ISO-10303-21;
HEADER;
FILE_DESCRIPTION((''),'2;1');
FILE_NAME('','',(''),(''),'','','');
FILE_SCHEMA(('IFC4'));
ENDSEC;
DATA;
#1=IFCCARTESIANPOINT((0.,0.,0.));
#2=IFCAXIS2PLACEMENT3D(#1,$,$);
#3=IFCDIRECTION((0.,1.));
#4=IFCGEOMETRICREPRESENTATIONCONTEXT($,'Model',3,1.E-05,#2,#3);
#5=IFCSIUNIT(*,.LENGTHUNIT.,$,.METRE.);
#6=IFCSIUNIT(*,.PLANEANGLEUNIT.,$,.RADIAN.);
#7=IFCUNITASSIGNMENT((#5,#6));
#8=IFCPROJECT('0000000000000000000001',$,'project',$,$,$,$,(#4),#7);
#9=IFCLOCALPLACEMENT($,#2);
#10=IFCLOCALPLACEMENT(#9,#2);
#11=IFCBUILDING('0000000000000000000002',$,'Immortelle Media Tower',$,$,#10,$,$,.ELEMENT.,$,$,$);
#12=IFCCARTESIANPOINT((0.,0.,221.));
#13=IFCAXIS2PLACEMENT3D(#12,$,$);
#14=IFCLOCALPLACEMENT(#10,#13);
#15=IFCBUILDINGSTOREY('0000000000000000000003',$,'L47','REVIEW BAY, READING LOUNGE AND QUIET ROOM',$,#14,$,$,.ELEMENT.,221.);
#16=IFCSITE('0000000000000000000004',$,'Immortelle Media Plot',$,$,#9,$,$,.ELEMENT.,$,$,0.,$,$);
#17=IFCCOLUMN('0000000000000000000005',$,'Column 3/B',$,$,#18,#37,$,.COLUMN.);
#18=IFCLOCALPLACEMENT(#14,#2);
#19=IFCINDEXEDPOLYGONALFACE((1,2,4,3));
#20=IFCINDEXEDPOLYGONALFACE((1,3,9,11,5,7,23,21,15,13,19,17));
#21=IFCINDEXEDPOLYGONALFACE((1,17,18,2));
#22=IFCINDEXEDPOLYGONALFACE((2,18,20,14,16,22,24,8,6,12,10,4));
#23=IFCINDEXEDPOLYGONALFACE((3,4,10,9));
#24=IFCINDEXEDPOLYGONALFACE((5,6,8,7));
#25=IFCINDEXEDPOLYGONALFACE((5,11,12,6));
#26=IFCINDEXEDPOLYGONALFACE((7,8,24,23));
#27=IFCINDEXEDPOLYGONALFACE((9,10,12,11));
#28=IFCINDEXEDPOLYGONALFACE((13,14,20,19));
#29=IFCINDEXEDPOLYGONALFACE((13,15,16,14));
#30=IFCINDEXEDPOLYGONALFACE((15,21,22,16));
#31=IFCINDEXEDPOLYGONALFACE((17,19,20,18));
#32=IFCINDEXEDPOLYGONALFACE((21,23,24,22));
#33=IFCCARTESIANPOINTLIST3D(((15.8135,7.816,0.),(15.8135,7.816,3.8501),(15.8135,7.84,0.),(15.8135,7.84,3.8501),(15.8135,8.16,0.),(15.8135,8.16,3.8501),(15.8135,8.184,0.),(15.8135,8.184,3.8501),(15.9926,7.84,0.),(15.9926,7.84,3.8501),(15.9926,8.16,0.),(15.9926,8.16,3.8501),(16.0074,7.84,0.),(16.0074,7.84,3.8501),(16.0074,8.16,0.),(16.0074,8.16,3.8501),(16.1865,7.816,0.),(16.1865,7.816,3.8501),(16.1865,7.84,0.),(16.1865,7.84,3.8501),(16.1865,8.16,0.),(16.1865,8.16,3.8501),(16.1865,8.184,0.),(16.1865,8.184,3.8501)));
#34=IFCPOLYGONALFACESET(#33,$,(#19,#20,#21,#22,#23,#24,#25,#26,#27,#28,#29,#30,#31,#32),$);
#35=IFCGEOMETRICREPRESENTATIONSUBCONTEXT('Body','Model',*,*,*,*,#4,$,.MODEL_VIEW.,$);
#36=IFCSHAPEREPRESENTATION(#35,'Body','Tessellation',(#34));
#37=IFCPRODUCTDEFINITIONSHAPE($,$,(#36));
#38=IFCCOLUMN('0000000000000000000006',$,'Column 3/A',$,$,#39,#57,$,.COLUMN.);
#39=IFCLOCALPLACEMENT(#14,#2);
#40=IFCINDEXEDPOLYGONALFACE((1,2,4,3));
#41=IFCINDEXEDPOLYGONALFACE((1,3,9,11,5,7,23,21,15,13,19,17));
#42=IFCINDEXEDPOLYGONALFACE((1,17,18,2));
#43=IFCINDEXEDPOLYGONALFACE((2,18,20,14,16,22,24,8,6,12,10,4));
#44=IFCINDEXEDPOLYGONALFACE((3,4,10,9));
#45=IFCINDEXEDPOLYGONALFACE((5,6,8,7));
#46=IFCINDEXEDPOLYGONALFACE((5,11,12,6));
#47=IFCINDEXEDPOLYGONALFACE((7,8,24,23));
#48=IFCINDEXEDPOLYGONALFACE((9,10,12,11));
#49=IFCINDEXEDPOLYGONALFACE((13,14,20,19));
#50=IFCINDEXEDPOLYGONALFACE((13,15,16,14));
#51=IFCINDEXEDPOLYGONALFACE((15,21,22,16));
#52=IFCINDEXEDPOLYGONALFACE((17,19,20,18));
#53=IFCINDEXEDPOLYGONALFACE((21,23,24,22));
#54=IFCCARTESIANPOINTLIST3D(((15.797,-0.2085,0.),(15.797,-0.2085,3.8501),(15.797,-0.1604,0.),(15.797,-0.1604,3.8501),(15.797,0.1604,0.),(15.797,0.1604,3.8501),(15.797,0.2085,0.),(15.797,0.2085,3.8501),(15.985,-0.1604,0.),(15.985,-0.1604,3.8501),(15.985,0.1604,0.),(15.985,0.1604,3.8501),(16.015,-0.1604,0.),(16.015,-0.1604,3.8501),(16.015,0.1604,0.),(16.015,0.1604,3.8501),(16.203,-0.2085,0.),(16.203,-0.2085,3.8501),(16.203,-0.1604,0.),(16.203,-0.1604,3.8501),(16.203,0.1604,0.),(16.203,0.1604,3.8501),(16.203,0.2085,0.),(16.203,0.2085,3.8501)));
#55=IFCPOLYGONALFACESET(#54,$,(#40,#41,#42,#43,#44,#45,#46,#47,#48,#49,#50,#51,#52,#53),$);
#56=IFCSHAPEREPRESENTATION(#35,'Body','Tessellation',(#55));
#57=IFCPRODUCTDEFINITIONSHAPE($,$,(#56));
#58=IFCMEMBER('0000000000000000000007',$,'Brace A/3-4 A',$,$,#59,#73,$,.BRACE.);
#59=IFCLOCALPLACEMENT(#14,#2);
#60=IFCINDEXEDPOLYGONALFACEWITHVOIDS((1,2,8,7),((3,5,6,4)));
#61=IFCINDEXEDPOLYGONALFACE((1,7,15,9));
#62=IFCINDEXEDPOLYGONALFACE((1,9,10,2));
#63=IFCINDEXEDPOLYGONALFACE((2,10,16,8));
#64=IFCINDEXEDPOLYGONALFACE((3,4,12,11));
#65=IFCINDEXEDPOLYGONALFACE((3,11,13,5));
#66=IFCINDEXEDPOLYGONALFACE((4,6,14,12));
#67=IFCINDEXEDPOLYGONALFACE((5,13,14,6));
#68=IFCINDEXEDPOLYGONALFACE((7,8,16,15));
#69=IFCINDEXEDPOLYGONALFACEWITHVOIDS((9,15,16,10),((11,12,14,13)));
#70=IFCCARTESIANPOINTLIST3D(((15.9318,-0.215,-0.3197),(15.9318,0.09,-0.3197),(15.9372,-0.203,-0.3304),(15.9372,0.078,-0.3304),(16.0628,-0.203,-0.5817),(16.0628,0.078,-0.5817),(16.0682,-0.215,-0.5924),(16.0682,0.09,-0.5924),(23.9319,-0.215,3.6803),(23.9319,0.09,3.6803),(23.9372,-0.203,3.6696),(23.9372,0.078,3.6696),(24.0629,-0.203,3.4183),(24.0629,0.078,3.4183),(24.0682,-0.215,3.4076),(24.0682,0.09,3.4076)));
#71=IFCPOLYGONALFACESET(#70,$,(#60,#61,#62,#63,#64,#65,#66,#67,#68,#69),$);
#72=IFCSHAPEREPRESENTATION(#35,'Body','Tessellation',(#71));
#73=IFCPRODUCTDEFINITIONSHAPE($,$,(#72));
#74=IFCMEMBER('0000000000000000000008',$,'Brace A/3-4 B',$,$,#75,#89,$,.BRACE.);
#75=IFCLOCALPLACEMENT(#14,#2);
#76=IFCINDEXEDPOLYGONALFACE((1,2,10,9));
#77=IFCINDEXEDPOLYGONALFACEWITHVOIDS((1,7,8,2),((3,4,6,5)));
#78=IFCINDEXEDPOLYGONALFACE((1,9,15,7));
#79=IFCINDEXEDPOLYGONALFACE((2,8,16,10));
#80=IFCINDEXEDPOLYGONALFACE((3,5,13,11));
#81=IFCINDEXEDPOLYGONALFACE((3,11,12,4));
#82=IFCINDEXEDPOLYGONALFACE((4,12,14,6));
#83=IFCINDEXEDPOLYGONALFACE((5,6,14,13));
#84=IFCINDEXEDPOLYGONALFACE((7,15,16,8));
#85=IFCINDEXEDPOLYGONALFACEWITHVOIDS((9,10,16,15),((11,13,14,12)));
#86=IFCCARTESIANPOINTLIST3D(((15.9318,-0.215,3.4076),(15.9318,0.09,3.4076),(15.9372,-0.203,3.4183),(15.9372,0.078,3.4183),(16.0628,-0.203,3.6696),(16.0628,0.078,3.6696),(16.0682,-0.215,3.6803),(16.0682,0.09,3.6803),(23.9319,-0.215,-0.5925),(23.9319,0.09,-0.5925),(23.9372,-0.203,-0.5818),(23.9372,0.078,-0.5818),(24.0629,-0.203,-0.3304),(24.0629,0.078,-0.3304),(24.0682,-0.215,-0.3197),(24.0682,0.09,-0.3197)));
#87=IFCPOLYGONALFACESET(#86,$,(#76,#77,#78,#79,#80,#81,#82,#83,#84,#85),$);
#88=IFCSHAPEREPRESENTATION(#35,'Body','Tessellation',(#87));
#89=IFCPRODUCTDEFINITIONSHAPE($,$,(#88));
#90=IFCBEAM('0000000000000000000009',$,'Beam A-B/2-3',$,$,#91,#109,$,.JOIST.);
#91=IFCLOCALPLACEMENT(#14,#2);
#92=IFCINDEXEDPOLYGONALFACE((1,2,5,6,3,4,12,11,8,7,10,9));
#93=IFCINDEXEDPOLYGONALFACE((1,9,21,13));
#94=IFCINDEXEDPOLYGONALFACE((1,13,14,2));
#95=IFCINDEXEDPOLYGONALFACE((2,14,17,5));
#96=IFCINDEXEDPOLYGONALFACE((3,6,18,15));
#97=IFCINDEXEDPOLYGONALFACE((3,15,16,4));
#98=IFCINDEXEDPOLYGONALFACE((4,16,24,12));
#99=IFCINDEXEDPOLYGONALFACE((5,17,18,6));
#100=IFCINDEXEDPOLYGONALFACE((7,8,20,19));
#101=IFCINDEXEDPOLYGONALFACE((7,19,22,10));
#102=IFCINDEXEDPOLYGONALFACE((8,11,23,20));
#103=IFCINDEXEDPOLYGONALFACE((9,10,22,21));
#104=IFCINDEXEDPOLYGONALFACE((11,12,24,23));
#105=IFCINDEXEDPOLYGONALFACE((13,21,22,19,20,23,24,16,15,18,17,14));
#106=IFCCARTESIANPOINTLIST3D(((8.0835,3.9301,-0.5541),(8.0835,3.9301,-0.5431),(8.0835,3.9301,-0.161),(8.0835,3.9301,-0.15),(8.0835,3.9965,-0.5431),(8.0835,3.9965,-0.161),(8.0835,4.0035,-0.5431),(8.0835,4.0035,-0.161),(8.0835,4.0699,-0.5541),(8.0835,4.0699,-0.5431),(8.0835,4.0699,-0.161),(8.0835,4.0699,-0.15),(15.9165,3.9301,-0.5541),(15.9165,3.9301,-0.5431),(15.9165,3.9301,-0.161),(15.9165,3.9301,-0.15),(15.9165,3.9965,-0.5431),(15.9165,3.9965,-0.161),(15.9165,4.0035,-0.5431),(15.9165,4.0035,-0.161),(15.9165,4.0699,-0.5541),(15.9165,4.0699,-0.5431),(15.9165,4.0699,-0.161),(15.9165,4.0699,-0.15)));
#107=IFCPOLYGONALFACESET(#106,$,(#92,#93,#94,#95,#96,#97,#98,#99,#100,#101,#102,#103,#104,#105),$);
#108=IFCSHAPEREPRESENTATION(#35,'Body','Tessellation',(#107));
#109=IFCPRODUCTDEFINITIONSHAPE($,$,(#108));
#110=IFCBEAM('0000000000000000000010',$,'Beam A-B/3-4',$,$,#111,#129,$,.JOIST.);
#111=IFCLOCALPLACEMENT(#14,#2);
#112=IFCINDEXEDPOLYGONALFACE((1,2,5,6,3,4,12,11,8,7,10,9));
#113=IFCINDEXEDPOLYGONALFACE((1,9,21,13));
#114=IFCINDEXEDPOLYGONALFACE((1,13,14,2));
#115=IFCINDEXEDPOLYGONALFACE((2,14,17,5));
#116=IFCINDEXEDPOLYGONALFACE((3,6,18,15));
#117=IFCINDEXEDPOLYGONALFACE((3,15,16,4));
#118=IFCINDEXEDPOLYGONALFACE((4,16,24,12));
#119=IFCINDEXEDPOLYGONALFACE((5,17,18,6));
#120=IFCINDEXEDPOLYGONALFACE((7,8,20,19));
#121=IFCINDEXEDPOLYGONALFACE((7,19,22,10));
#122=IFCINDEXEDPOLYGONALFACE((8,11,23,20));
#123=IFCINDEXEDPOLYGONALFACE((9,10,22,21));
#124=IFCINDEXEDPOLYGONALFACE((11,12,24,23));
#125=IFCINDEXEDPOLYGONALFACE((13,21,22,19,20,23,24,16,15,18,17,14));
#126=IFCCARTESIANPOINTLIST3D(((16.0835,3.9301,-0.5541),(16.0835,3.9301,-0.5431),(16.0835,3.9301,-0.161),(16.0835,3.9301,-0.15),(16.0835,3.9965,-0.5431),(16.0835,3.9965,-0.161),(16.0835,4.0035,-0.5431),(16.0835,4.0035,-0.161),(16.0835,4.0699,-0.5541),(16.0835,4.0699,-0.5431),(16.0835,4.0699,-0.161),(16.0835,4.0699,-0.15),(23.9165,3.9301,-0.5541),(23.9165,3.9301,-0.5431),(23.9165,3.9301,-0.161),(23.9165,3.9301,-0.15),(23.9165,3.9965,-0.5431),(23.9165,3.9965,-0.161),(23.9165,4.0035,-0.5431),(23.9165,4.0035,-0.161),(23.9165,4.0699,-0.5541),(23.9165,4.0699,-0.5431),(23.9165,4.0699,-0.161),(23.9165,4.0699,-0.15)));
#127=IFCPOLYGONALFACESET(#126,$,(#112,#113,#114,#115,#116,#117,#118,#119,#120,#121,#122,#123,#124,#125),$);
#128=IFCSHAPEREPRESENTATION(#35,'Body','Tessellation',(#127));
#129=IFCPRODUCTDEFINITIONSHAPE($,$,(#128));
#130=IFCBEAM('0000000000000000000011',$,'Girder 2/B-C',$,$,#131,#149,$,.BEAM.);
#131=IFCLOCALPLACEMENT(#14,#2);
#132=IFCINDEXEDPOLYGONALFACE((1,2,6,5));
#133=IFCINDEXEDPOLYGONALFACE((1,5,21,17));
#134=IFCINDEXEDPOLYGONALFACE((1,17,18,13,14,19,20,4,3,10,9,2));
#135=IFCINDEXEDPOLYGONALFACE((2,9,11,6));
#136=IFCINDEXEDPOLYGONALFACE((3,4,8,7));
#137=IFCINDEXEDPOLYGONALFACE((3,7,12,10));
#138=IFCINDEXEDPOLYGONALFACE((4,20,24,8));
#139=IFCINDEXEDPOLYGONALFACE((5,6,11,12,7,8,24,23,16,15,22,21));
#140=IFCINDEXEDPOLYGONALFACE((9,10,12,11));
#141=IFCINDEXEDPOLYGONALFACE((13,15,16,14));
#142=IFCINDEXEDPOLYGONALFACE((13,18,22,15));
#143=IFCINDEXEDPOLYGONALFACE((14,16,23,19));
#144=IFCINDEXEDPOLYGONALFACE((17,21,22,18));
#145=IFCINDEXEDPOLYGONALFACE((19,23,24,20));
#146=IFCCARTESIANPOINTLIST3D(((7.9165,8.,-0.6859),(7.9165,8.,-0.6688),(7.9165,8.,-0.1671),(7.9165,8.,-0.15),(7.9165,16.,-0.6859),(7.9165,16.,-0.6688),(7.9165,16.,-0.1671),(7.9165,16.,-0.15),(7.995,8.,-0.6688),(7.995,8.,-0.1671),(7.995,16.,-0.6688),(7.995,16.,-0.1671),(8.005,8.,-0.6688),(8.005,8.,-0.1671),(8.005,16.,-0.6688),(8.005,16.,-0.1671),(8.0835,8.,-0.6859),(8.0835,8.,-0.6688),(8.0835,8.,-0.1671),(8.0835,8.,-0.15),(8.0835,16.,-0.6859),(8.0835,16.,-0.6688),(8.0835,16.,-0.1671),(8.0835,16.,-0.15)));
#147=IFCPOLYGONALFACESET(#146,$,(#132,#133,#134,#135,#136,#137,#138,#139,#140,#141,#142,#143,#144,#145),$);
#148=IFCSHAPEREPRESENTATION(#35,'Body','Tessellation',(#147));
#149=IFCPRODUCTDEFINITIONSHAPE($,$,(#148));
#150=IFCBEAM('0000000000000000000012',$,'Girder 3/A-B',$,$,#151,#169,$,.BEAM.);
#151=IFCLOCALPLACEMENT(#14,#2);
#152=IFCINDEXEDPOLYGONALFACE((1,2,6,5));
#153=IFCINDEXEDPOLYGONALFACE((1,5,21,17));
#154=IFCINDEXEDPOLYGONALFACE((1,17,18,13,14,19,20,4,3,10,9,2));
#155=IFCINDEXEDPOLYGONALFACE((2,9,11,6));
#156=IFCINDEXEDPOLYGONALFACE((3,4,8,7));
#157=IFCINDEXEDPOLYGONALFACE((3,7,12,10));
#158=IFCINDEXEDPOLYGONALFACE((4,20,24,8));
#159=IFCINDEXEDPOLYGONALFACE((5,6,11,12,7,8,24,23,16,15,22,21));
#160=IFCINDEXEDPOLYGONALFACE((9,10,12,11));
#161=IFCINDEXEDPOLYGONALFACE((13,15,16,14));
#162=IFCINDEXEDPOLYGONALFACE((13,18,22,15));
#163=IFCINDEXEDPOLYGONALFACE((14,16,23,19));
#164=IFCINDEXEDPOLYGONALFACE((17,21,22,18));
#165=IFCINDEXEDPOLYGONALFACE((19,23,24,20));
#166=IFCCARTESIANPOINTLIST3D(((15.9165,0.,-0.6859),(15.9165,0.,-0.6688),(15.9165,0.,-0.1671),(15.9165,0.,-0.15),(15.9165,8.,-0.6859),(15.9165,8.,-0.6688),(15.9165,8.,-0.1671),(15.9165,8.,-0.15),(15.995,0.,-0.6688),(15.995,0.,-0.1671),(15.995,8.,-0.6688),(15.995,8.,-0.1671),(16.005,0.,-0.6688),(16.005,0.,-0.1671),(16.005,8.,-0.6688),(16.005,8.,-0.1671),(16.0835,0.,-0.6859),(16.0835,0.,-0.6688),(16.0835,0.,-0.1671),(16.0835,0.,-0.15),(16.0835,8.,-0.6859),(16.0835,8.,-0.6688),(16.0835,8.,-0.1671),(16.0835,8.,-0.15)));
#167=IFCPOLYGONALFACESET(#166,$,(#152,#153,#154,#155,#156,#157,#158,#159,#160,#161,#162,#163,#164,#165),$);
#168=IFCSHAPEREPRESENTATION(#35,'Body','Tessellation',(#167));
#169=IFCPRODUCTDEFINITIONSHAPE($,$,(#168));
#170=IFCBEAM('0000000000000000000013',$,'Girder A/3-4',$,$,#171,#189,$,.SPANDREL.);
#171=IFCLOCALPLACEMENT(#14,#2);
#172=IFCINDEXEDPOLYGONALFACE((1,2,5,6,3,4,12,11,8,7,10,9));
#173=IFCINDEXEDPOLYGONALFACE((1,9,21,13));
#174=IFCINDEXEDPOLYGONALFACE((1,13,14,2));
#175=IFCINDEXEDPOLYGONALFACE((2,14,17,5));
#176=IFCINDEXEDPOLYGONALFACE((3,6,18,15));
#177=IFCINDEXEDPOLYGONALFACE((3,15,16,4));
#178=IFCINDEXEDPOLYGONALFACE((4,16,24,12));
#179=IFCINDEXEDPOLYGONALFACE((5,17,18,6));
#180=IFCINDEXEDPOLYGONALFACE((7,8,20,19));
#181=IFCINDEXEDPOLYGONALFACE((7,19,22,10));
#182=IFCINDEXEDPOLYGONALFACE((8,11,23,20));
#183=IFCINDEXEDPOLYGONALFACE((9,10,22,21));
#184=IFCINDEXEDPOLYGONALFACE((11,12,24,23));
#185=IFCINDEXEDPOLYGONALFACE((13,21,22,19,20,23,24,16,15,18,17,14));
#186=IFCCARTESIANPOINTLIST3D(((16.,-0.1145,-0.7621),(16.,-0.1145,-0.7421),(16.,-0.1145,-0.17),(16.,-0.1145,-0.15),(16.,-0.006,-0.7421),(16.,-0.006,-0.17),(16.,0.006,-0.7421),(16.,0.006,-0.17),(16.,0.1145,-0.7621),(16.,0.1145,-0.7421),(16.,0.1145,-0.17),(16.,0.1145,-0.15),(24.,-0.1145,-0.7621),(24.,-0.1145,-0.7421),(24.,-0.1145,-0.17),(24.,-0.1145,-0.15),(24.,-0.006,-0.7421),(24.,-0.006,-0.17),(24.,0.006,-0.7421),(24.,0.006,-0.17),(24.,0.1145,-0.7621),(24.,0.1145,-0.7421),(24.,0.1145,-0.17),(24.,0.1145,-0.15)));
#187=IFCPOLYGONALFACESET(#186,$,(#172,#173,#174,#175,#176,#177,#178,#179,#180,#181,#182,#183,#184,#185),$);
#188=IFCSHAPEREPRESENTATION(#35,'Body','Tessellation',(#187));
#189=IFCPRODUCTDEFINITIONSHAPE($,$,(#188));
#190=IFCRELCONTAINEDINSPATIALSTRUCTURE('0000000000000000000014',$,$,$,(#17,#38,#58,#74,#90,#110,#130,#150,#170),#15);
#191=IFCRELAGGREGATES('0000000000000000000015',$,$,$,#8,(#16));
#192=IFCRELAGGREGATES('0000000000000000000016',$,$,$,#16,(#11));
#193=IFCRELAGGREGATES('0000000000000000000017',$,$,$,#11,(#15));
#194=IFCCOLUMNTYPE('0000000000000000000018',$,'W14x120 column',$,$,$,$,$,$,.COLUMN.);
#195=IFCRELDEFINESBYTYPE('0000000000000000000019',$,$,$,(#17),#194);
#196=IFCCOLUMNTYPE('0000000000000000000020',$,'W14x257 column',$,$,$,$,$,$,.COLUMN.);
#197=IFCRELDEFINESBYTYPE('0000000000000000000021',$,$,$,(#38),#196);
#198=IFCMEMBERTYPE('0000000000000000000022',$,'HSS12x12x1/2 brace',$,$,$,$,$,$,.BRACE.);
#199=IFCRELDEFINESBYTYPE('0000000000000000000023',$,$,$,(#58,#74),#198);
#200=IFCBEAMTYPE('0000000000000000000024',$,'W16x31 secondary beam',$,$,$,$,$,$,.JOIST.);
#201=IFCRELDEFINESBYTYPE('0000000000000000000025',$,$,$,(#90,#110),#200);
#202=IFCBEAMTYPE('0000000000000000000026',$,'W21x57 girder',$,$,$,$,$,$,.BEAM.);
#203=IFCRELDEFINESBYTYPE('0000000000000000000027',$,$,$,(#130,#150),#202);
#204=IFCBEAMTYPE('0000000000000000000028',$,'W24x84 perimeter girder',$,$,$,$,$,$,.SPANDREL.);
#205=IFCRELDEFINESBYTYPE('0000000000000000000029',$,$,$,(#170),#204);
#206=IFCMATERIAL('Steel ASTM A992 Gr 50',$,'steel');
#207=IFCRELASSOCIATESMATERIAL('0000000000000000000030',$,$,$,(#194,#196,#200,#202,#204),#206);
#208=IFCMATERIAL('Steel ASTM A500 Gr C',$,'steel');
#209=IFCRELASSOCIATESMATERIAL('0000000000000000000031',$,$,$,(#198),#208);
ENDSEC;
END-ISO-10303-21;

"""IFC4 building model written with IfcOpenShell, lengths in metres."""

from ifc_helpers import new_model, si_unit, direction, frame, origin, origin_2d, place, context, subcontext, project, spatial, hollow_rectangle, i_section, extrude, material, material_profile, profile_set, type_object, element, save


model = new_model("IFC4")

# Units and contexts
model_context = context("Model", 3, precision=1e-05, world=origin(), true_north=direction((0.0, 1.0)))
body_context = subcontext(model_context, "Body", "Model", "MODEL_VIEW")
ifc_project = project(units=[si_unit("LENGTHUNIT", "METRE"), si_unit("PLANEANGLEUNIT", "RADIAN")], contexts=[model_context])

# Site, building, storey
site_placement = place(None, origin())
site = spatial("IfcSite", under=ifc_project, at=site_placement, Name="Immortelle Media Plot", CompositionType="ELEMENT", RefElevation=0.0)
building_placement = place(site_placement, origin())
building = spatial("IfcBuilding", under=site, at=building_placement, Name="Immortelle Media Tower", CompositionType="ELEMENT")
storey_placement = place(building_placement, frame((0.0, 0.0, 221.0)))
storey = spatial("IfcBuildingStorey", under=building, at=storey_placement, Name="L47", Description="REVIEW BAY, READING LOUNGE AND QUIET ROOM", CompositionType="ELEMENT", Elevation=221.0)

# Columns
ifc_material_1 = material(Name="Steel ASTM A992 Gr 50", Category="steel")
ifc_material_profile_1 = material_profile(ifc_material_1, i_section(OverallWidth=0.373, OverallDepth=0.3679, WebThickness=0.0149, FlangeThickness=0.0239, at=origin_2d()), Name="W14x120")
ifc_profile_set_1 = profile_set([ifc_material_profile_1], Name="Steel ASTM A992 Gr 50")
column_type_1 = type_object("IfcColumnType", Name="W14x120 column", PredefinedType="COLUMN", material=ifc_profile_set_1)
column_1_placement = place(storey_placement, frame((16.0, 8.0, 0.0), z_axis=(0.0, 0.0, 1.0), x_axis=(1.0, 0.0, 0.0)))
element("IfcColumn", 1, at=column_1_placement, inside=storey, type_object=column_type_1, Name="Column 3/B", PredefinedType="COLUMN", context=body_context, shape_type="SweptSolid", body=[
    extrude(i_section(OverallWidth=0.373, OverallDepth=0.3679, WebThickness=0.0149, FlangeThickness=0.0239, at=origin_2d()), origin(), (0.0, 0.0, 1.0), 3.8501),
])
ifc_material_profile_2 = material_profile(ifc_material_1, i_section(OverallWidth=0.406, OverallDepth=0.417, WebThickness=0.03, FlangeThickness=0.0481, at=origin_2d()), Name="W14x257")
ifc_profile_set_2 = profile_set([ifc_material_profile_2], Name="Steel ASTM A992 Gr 50")
column_type_2 = type_object("IfcColumnType", Name="W14x257 column", PredefinedType="COLUMN", material=ifc_profile_set_2)
column_2_placement = place(storey_placement, frame((16.0, 0.0, 0.0), z_axis=(0.0, 0.0, 1.0), x_axis=(1.0, 0.0, 0.0)))
element("IfcColumn", 2, at=column_2_placement, inside=storey, type_object=column_type_2, Name="Column 3/A", PredefinedType="COLUMN", context=body_context, shape_type="SweptSolid", body=[
    extrude(i_section(OverallWidth=0.406, OverallDepth=0.417, WebThickness=0.03, FlangeThickness=0.0481, at=origin_2d()), origin(), (0.0, 0.0, 1.0), 3.8501),
])

# Members
ifc_material_2 = material(Name="Steel ASTM A500 Gr C", Category="steel")
ifc_material_profile_3 = material_profile(ifc_material_2, hollow_rectangle(XDim=0.3049, YDim=0.3049, WallThickness=0.012, at=origin_2d()), Name="HSS12x12x1/2 brace")
ifc_profile_set_3 = profile_set([ifc_material_profile_3], Name="Steel ASTM A500 Gr C")
member_type = type_object("IfcMemberType", Name="HSS12x12x1/2 brace", PredefinedType="BRACE", material=ifc_profile_set_3)
for number, where, z_axis, x_axis, name in (
    (3, (16.0, -0.0625, -0.4561), (0.894427, 0.0, 0.447214), (0.0, 1.0, 0.0), "Brace A/3-4 A"),
    (4, (16.0, -0.0625, 3.5439), (0.894427, 0.0, -0.447214), (0.0, 1.0, 0.0), "Brace A/3-4 B"),
):
    element("IfcMember", number, at=place(storey_placement, frame(where, z_axis=z_axis, x_axis=x_axis)), inside=storey, type_object=member_type, Name=name, PredefinedType="BRACE", context=body_context, shape_type="SweptSolid", body=[
        extrude(hollow_rectangle(XDim=0.3049, YDim=0.3049, WallThickness=0.012, at=origin_2d()), origin(), (0.0, 0.0, 1.0), 8.9443),
    ])

# Beams
ifc_material_profile_4 = material_profile(ifc_material_1, i_section(OverallWidth=0.1399, OverallDepth=0.4041, WebThickness=0.0071, FlangeThickness=0.011, at=origin_2d()), Name="W16x31")
ifc_profile_set_4 = profile_set([ifc_material_profile_4], Name="Steel ASTM A992 Gr 50")
beam_type_1 = type_object("IfcBeamType", Name="W16x31 secondary beam", PredefinedType="JOIST", material=ifc_profile_set_4)
for number, where, z_axis, x_axis, name in (
    (5, (8.0835, 4.0, -0.3521), (1.0, 0.0, 0.0), (0.0, 1.0, 0.0), "Beam A-B/2-3"),
    (6, (16.0835, 4.0, -0.3521), (1.0, 0.0, 0.0), (0.0, 1.0, 0.0), "Beam A-B/3-4"),
):
    element("IfcBeam", number, at=place(storey_placement, frame(where, z_axis=z_axis, x_axis=x_axis)), inside=storey, type_object=beam_type_1, Name=name, PredefinedType="JOIST", context=body_context, shape_type="SweptSolid", body=[
        extrude(i_section(OverallWidth=0.1399, OverallDepth=0.4041, WebThickness=0.0071, FlangeThickness=0.011, at=origin_2d()), origin(), (0.0, 0.0, 1.0), 7.833),
    ])
ifc_material_profile_5 = material_profile(ifc_material_1, i_section(OverallWidth=0.167, OverallDepth=0.5359, WebThickness=0.01, FlangeThickness=0.0171, at=origin_2d()), Name="W21x57")
ifc_profile_set_5 = profile_set([ifc_material_profile_5], Name="Steel ASTM A992 Gr 50")
beam_type_2 = type_object("IfcBeamType", Name="W21x57 girder", PredefinedType="BEAM", material=ifc_profile_set_5)
for number, where, z_axis, x_axis, name in (
    (7, (8.0, 8.0, -0.418), (0.0, 1.0, 0.0), (-1.0, 0.0, 0.0), "Girder 2/B-C"),
    (8, (16.0, 0.0, -0.418), (0.0, 1.0, 0.0), (-1.0, 0.0, 0.0), "Girder 3/A-B"),
):
    element("IfcBeam", number, at=place(storey_placement, frame(where, z_axis=z_axis, x_axis=x_axis)), inside=storey, type_object=beam_type_2, Name=name, PredefinedType="BEAM", context=body_context, shape_type="SweptSolid", body=[
        extrude(i_section(OverallWidth=0.167, OverallDepth=0.5359, WebThickness=0.01, FlangeThickness=0.0171, at=origin_2d()), origin(), (0.0, 0.0, 1.0), 8.0),
    ])
ifc_material_profile_6 = material_profile(ifc_material_1, i_section(OverallWidth=0.229, OverallDepth=0.6121, WebThickness=0.012, FlangeThickness=0.02, at=origin_2d()), Name="W24x84")
ifc_profile_set_6 = profile_set([ifc_material_profile_6], Name="Steel ASTM A992 Gr 50")
beam_type_3 = type_object("IfcBeamType", Name="W24x84 perimeter girder", PredefinedType="SPANDREL", material=ifc_profile_set_6)
beam_placement = place(storey_placement, frame((16.0, 0.0, -0.4561), z_axis=(1.0, 0.0, 0.0), x_axis=(0.0, 1.0, 0.0)))
element("IfcBeam", 9, at=beam_placement, inside=storey, type_object=beam_type_3, Name="Girder A/3-4", PredefinedType="SPANDREL", context=body_context, shape_type="SweptSolid", body=[
    extrude(i_section(OverallWidth=0.229, OverallDepth=0.6121, WebThickness=0.012, FlangeThickness=0.02, at=origin_2d()), origin(), (0.0, 0.0, 1.0), 8.0),
])

save(model, "model.ifc")
